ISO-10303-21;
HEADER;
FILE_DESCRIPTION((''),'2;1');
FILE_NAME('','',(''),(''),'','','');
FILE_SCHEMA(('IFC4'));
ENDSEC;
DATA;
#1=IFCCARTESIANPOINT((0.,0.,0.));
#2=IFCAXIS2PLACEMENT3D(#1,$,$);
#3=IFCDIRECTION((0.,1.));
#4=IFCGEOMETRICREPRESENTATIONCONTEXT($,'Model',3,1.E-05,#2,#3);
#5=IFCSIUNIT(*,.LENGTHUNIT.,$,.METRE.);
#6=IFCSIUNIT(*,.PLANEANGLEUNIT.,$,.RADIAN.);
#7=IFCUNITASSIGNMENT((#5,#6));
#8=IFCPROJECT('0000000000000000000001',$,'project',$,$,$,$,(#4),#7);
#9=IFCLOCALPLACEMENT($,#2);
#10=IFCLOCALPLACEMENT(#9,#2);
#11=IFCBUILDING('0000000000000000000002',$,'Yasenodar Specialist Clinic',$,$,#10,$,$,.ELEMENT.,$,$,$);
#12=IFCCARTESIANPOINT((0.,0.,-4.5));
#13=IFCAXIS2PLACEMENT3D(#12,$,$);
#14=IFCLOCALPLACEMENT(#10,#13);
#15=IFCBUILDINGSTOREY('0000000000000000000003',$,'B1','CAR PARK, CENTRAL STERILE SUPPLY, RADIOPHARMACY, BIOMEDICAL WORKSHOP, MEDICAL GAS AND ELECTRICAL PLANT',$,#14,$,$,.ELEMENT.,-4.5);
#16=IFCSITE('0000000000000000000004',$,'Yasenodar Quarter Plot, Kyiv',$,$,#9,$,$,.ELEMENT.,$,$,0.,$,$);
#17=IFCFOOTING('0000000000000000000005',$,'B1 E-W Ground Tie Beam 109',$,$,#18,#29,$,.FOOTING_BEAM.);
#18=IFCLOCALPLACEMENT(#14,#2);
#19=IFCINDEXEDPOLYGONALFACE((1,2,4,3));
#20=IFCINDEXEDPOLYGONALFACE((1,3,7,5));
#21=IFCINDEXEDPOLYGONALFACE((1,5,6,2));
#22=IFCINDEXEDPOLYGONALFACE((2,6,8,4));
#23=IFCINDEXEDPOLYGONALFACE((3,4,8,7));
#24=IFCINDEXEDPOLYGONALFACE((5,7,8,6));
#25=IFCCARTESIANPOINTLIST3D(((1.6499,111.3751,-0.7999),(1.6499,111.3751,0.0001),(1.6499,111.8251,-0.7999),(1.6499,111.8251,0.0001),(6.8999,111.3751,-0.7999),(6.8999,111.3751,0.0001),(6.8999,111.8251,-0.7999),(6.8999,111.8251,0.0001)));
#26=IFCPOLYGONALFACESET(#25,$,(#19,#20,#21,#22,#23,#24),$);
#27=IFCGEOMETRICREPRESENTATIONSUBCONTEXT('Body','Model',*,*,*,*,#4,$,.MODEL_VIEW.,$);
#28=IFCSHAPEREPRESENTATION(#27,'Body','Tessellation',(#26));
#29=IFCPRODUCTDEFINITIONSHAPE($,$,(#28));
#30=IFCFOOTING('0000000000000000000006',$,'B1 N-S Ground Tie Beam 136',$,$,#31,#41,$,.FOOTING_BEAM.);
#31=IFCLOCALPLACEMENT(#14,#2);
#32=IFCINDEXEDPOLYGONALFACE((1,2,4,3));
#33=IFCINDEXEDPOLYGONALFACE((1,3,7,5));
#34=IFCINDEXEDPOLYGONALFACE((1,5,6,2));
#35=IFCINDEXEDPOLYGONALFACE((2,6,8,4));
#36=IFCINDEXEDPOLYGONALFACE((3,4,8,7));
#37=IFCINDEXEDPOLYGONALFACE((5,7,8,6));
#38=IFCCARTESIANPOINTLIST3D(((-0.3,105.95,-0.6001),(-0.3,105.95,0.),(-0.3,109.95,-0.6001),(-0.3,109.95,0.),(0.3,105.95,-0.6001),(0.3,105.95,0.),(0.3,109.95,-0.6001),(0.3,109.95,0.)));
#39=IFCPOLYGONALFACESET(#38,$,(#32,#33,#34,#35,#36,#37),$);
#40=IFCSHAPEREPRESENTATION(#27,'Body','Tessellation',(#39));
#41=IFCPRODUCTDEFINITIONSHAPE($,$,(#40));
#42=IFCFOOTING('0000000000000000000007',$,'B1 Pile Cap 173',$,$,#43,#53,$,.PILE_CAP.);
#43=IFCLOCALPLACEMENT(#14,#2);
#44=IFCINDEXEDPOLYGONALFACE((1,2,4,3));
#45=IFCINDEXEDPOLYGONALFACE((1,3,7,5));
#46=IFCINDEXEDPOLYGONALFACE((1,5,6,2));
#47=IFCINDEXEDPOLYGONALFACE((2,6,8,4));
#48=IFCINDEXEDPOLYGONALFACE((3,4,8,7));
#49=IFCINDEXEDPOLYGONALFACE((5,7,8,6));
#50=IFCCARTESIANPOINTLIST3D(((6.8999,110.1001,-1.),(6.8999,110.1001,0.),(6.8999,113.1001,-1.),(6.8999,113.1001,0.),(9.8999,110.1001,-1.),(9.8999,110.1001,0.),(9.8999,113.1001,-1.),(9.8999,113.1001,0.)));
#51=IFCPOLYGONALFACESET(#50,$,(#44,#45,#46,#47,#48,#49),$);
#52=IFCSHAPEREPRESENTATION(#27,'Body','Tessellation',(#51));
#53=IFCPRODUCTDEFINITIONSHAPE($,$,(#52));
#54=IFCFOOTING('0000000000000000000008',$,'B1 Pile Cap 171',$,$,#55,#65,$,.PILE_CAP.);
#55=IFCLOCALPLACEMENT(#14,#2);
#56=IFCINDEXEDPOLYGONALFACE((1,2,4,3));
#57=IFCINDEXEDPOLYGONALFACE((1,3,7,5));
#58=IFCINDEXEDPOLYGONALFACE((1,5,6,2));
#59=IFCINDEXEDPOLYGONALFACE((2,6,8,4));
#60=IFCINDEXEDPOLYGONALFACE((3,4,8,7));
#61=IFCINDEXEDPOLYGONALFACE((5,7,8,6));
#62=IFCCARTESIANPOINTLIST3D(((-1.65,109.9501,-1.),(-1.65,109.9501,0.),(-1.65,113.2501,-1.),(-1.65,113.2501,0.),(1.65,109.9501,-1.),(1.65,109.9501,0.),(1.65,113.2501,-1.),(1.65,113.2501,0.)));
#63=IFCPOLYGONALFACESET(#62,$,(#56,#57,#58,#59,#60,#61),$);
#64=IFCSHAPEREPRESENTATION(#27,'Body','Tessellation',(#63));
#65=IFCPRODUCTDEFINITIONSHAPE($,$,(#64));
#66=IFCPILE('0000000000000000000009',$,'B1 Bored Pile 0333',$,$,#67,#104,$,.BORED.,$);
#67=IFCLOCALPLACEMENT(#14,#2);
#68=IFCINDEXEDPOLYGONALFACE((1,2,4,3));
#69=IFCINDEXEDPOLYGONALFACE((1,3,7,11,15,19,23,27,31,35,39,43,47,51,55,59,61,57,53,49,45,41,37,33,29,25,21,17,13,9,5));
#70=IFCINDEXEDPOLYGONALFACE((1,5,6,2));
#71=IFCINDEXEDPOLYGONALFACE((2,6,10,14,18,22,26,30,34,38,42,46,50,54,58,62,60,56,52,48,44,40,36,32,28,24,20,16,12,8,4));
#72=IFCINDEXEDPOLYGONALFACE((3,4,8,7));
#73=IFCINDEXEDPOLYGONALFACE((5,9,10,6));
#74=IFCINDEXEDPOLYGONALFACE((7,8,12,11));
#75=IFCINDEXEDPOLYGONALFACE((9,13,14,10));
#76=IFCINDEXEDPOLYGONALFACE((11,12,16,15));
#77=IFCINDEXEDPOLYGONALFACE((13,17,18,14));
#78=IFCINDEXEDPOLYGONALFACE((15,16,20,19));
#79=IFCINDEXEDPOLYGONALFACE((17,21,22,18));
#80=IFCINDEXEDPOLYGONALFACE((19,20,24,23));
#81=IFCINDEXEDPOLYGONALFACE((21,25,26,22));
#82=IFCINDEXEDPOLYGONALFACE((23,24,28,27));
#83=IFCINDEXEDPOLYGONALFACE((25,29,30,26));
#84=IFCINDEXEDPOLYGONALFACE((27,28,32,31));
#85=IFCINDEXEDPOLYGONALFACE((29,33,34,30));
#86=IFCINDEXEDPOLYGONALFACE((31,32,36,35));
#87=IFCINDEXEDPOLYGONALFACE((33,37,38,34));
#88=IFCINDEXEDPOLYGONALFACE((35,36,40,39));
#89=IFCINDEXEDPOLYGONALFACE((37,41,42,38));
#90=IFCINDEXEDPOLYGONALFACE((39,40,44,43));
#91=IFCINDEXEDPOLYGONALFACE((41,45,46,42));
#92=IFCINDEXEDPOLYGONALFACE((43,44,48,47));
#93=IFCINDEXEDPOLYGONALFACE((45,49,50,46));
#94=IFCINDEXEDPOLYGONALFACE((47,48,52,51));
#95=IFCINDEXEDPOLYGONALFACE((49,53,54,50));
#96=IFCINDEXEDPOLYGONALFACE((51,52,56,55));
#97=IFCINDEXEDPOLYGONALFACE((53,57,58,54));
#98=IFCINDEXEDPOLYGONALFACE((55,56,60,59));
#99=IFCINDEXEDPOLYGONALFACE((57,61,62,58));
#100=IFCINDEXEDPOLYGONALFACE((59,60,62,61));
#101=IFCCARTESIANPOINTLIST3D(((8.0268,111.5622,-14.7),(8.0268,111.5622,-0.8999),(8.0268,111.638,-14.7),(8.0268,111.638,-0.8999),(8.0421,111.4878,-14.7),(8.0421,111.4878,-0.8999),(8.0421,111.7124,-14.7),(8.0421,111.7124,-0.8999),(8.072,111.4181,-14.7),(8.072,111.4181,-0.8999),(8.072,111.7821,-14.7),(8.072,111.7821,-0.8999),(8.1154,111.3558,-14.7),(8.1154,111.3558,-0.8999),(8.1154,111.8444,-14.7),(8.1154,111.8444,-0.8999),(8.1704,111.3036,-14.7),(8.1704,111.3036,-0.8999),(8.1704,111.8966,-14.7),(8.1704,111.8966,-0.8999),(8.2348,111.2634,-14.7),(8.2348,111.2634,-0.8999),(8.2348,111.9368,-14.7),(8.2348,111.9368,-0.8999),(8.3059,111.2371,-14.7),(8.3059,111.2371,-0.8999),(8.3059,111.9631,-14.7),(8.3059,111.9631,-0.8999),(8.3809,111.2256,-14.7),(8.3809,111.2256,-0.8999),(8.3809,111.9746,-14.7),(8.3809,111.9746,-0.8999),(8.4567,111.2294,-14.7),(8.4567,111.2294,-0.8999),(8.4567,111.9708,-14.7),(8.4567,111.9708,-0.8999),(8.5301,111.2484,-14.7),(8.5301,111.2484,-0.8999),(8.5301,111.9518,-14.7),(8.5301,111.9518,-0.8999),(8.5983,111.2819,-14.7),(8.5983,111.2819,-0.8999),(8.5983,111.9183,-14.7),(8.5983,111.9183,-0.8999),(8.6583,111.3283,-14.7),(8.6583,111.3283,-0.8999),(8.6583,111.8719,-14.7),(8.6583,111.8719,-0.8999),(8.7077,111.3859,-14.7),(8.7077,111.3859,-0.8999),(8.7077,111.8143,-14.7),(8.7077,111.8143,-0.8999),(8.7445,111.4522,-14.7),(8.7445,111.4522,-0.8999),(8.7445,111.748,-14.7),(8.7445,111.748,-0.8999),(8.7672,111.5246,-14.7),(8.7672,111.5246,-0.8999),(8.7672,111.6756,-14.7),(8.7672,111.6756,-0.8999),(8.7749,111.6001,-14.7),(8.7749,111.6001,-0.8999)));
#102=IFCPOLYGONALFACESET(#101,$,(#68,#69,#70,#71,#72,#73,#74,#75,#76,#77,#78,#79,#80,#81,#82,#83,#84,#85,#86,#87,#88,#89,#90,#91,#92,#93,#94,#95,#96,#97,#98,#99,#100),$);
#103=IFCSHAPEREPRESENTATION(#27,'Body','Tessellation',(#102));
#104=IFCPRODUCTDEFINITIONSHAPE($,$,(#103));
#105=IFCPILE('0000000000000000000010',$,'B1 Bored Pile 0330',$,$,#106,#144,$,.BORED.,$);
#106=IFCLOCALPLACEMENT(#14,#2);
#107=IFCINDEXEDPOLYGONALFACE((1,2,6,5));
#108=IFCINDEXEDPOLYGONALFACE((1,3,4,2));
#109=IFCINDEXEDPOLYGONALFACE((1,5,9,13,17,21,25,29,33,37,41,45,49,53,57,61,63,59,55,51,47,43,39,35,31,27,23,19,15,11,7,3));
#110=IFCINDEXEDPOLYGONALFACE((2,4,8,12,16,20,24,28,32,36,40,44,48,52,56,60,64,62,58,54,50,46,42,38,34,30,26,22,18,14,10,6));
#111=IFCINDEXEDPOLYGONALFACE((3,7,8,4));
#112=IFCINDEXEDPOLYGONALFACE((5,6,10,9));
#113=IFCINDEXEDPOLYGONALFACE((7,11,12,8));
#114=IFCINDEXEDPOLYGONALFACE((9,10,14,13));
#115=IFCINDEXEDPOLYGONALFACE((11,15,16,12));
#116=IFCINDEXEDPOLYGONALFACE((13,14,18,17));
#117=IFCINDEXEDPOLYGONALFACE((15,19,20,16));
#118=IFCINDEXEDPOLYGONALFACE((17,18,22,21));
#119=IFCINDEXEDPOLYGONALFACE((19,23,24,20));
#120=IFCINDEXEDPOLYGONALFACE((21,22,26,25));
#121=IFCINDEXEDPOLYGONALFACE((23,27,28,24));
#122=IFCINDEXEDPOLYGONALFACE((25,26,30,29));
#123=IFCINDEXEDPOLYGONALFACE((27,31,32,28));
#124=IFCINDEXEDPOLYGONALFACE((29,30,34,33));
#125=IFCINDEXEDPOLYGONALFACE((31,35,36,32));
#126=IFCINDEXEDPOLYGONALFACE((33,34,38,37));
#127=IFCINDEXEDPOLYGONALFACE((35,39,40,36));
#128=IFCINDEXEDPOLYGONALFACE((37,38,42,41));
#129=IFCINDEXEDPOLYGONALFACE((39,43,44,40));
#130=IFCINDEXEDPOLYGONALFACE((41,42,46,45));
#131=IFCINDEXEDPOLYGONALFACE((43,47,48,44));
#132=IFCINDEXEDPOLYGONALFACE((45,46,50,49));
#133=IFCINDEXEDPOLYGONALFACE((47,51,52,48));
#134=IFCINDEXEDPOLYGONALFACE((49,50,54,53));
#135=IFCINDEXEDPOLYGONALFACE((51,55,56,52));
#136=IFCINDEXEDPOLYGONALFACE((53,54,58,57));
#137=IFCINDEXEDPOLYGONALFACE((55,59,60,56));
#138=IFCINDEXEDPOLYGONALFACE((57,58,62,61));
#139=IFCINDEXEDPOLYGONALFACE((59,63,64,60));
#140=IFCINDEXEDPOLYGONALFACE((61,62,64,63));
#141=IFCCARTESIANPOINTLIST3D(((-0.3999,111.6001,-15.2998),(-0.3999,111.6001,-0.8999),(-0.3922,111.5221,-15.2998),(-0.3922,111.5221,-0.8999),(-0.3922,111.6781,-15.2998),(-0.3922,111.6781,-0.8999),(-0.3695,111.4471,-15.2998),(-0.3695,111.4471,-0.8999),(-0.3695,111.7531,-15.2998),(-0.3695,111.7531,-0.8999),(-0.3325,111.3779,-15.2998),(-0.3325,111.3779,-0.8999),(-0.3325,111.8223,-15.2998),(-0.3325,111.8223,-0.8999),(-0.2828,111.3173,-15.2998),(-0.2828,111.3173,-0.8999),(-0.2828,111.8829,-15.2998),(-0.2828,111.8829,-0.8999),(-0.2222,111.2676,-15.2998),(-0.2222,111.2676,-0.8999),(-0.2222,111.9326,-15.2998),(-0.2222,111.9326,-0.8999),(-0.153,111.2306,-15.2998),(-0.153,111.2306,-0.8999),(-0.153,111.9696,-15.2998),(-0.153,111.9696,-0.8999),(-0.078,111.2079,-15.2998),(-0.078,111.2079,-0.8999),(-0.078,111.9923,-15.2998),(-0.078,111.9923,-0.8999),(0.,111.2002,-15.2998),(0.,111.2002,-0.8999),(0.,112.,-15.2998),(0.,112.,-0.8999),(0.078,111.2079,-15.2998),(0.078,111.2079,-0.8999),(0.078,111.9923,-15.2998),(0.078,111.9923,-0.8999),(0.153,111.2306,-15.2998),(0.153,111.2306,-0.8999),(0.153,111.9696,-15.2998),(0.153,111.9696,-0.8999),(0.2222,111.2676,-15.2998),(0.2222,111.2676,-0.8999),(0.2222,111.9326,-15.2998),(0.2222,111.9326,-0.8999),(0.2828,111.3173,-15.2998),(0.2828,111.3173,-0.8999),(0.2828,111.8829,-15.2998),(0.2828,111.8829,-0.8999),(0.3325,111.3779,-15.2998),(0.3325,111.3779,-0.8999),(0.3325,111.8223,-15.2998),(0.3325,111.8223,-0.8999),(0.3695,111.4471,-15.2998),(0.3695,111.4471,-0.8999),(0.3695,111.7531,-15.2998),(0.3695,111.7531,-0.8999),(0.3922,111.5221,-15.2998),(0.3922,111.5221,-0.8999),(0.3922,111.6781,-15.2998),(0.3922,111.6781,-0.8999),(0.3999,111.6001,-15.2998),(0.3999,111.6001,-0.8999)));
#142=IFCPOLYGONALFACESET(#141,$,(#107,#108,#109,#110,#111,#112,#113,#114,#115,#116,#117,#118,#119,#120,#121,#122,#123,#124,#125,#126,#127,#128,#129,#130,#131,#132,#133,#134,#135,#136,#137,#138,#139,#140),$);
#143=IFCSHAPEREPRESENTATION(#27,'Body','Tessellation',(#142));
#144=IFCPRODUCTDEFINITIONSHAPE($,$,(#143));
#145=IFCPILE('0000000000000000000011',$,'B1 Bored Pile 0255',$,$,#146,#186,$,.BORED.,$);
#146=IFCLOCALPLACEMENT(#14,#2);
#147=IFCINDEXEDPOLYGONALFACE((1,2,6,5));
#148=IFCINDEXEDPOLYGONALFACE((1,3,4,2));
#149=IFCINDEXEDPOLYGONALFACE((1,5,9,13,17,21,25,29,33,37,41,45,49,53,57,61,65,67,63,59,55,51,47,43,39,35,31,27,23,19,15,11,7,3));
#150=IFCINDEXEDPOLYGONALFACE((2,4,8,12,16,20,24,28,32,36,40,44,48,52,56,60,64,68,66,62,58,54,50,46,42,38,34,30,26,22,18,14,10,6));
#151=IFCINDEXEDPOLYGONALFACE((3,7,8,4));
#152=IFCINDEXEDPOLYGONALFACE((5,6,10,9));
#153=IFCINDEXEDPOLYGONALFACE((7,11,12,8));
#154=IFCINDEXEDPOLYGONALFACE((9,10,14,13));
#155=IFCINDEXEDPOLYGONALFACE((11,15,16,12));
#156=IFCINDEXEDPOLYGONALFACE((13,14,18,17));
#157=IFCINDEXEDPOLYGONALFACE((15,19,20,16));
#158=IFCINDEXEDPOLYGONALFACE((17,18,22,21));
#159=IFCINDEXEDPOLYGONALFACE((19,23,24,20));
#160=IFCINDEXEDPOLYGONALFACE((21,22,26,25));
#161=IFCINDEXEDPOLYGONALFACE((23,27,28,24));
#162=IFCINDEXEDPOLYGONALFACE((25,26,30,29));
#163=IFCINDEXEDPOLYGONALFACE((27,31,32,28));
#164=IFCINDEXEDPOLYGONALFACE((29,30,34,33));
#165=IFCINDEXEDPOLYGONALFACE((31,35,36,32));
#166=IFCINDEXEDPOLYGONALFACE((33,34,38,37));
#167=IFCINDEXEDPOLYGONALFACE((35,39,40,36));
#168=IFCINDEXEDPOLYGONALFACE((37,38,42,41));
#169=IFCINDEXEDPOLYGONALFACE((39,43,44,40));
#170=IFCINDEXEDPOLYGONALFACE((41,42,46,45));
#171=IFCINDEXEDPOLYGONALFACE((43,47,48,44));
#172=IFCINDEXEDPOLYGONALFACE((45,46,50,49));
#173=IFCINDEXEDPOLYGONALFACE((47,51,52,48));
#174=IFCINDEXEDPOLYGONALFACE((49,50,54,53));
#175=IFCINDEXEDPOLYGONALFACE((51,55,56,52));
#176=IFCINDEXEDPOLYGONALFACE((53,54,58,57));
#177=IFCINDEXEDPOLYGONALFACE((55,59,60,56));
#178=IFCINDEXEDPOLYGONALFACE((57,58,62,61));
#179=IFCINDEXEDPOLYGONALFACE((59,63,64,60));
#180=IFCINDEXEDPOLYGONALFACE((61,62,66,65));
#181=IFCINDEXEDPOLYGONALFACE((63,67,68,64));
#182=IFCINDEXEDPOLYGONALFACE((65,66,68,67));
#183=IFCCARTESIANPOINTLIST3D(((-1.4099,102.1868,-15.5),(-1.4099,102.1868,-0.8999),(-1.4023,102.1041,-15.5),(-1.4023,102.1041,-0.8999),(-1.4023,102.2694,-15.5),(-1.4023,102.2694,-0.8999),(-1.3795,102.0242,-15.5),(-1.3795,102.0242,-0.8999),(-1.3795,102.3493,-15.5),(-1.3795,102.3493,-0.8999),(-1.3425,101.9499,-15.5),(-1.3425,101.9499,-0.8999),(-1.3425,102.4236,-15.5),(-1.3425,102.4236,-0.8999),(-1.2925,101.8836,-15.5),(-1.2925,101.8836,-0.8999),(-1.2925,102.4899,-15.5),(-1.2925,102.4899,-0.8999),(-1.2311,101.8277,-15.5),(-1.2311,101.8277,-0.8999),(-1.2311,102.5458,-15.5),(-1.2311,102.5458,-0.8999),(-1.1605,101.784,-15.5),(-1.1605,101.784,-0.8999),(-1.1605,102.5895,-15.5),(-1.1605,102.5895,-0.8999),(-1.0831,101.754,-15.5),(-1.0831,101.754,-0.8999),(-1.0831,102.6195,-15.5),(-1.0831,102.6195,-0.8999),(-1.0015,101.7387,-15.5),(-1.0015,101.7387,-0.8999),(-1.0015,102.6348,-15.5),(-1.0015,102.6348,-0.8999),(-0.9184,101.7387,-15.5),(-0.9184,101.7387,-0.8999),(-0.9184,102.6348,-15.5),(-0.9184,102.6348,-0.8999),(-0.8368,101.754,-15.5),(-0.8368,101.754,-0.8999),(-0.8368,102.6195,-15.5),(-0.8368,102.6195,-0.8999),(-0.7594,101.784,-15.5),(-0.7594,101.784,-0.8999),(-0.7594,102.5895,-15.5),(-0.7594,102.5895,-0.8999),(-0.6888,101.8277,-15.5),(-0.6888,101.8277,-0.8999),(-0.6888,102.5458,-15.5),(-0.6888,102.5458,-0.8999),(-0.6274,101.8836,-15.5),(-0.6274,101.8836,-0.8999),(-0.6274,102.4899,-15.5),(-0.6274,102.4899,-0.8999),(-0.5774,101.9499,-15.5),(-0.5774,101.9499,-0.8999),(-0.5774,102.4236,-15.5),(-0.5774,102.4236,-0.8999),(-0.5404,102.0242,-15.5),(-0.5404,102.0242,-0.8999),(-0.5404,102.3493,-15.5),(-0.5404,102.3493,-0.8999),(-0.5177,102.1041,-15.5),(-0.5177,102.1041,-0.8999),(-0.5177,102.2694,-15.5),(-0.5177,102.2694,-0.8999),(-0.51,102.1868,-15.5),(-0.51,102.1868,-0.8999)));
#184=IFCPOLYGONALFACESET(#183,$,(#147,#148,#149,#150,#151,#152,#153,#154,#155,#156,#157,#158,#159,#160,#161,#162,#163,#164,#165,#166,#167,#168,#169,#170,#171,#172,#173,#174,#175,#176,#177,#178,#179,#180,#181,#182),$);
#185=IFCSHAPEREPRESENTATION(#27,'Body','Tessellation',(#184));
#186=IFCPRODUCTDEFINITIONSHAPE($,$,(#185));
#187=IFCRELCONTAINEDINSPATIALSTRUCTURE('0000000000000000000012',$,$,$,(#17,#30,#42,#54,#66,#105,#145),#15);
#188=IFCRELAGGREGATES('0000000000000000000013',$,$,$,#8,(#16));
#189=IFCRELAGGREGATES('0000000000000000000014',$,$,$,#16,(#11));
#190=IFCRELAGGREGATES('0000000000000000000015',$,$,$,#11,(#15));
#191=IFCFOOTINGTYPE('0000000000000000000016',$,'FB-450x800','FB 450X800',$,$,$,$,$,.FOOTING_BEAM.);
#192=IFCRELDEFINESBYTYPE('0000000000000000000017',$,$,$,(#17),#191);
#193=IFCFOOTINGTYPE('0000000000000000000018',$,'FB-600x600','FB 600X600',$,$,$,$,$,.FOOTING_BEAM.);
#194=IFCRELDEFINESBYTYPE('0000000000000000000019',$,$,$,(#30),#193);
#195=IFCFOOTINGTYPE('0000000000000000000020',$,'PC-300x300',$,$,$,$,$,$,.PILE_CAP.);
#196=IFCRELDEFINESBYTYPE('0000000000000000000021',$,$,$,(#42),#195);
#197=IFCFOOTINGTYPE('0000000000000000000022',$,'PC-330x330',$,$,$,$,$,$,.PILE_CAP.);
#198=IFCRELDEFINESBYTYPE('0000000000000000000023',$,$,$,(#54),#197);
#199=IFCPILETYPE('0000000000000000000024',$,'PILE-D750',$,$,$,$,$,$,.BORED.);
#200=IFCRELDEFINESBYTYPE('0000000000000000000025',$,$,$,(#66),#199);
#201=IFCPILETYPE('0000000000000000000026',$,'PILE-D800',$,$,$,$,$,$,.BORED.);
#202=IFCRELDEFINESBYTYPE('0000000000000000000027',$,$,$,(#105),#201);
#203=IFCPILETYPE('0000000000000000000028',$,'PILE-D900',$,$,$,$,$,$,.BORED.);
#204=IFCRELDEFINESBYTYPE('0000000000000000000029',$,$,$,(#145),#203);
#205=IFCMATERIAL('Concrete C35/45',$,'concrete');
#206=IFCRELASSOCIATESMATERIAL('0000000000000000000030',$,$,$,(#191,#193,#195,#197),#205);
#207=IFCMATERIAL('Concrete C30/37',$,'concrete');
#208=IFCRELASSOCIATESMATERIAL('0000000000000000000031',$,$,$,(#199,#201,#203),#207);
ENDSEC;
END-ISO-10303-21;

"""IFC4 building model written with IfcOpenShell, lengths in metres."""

from ifc_helpers import new_model, si_unit, direction, frame, origin, origin_2d, place, context, subcontext, project, spatial, rectangle, circle, extrude, material, material_profile, profile_set, type_object, element, save


model = new_model("IFC4")

# Units and contexts
model_context = context("Model", 3, precision=1e-05, world=origin(), true_north=direction((0.0, 1.0)))
body_context = subcontext(model_context, "Body", "Model", "MODEL_VIEW")
ifc_project = project(units=[si_unit("LENGTHUNIT", "METRE"), si_unit("PLANEANGLEUNIT", "RADIAN")], contexts=[model_context])

# Site, building, storey
site_placement = place(None, origin())
site = spatial("IfcSite", under=ifc_project, at=site_placement, Name="Yasenodar Quarter Plot, Kyiv", CompositionType="ELEMENT", RefElevation=0.0)
building_placement = place(site_placement, origin())
building = spatial("IfcBuilding", under=site, at=building_placement, Name="Yasenodar Specialist Clinic", CompositionType="ELEMENT")
storey_placement = place(building_placement, frame((0.0, 0.0, -4.5)))
storey = spatial("IfcBuildingStorey", under=building, at=storey_placement, Name="B1", Description="CAR PARK, CENTRAL STERILE SUPPLY, RADIOPHARMACY, BIOMEDICAL WORKSHOP, MEDICAL GAS AND ELECTRICAL PLANT", CompositionType="ELEMENT", Elevation=-4.5)

# Footings
ifc_material_1 = material(Name="Concrete C35/45", Category="concrete")
ifc_material_profile_1 = material_profile(ifc_material_1, rectangle(XDim=0.45, YDim=0.8, at=origin_2d()), Name="RC 450x800")
ifc_profile_set_1 = profile_set([ifc_material_profile_1], Name="Concrete C35/45")
footing_type_1 = type_object("IfcFootingType", Name="FB-450x800", Description="FB 450X800", PredefinedType="FOOTING_BEAM", material=ifc_profile_set_1)
footing_1_placement = place(storey_placement, frame((1.6499, 111.6001, -0.3999), z_axis=(1.0, 0.0, 0.0), x_axis=(0.0, 1.0, 0.0)))
element("IfcFooting", 1, at=footing_1_placement, inside=storey, type_object=footing_type_1, Name="B1 E-W Ground Tie Beam 109", PredefinedType="FOOTING_BEAM", context=body_context, shape_type="SweptSolid", body=[
    extrude(rectangle(XDim=0.45, YDim=0.8, at=origin_2d()), origin(), (0.0, 0.0, 1.0), 5.25),
])
ifc_material_profile_2 = material_profile(ifc_material_1, rectangle(XDim=0.6001, YDim=0.6001, at=origin_2d()), Name="RC 600x600")
ifc_profile_set_2 = profile_set([ifc_material_profile_2], Name="Concrete C35/45")
footing_type_2 = type_object("IfcFootingType", Name="FB-600x600", Description="FB 600X600", PredefinedType="FOOTING_BEAM", material=ifc_profile_set_2)
footing_2_placement = place(storey_placement, frame((0.0, 105.95, -0.3), z_axis=(0.0, 1.0, 0.0), x_axis=(-1.0, 0.0, 0.0)))
element("IfcFooting", 2, at=footing_2_placement, inside=storey, type_object=footing_type_2, Name="B1 N-S Ground Tie Beam 136", PredefinedType="FOOTING_BEAM", context=body_context, shape_type="SweptSolid", body=[
    extrude(rectangle(XDim=0.6001, YDim=0.6001, at=origin_2d()), origin(), (0.0, 0.0, 1.0), 4.0),
])
footing_type_3 = type_object("IfcFootingType", Name="PC-300x300", PredefinedType="PILE_CAP", material=ifc_material_1)
footing_3_placement = place(storey_placement, frame((8.3999, 111.6001, -1.0), z_axis=(0.0, 0.0, 1.0), x_axis=(1.0, 0.0, 0.0)))
element("IfcFooting", 3, at=footing_3_placement, inside=storey, type_object=footing_type_3, Name="B1 Pile Cap 173", PredefinedType="PILE_CAP", context=body_context, shape_type="SweptSolid", body=[
    extrude(rectangle(XDim=3.0, YDim=3.0, at=origin_2d()), origin(), (0.0, 0.0, 1.0), 1.0),
])
footing_type_4 = type_object("IfcFootingType", Name="PC-330x330", PredefinedType="PILE_CAP", material=ifc_material_1)
footing_4_placement = place(storey_placement, frame((0.0, 111.6001, -1.0), z_axis=(0.0, 0.0, 1.0), x_axis=(1.0, 0.0, 0.0)))
element("IfcFooting", 4, at=footing_4_placement, inside=storey, type_object=footing_type_4, Name="B1 Pile Cap 171", PredefinedType="PILE_CAP", context=body_context, shape_type="SweptSolid", body=[
    extrude(rectangle(XDim=3.3, YDim=3.3, at=origin_2d()), origin(), (0.0, 0.0, 1.0), 1.0),
])

# Piles
ifc_material_2 = material(Name="Concrete C30/37", Category="concrete")
ifc_material_profile_3 = material_profile(ifc_material_2, circle(Radius=0.375, at=origin_2d()), Name="PILE D750")
ifc_profile_set_3 = profile_set([ifc_material_profile_3], Name="Concrete C30/37")
pile_type_1 = type_object("IfcPileType", Name="PILE-D750", PredefinedType="BORED", material=ifc_profile_set_3)
pile_1_placement = place(storey_placement, frame((8.3999, 111.6001, -0.8999), z_axis=(0.0, 0.0, -1.0), x_axis=(1.0, 0.0, 0.0)))
element("IfcPile", 5, at=pile_1_placement, inside=storey, type_object=pile_type_1, Name="B1 Bored Pile 0333", PredefinedType="BORED", context=body_context, shape_type="SweptSolid", body=[
    extrude(circle(Radius=0.375, at=origin_2d()), origin(), (0.0, 0.0, 1.0), 13.8),
])
ifc_material_profile_4 = material_profile(ifc_material_2, circle(Radius=0.3999, at=origin_2d()), Name="PILE D800")
ifc_profile_set_4 = profile_set([ifc_material_profile_4], Name="Concrete C30/37")
pile_type_2 = type_object("IfcPileType", Name="PILE-D800", PredefinedType="BORED", material=ifc_profile_set_4)
pile_2_placement = place(storey_placement, frame((0.0, 111.6001, -0.8999), z_axis=(0.0, 0.0, -1.0), x_axis=(1.0, 0.0, 0.0)))
element("IfcPile", 6, at=pile_2_placement, inside=storey, type_object=pile_type_2, Name="B1 Bored Pile 0330", PredefinedType="BORED", context=body_context, shape_type="SweptSolid", body=[
    extrude(circle(Radius=0.3999, at=origin_2d()), origin(), (0.0, 0.0, 1.0), 14.3999),
])
ifc_material_profile_5 = material_profile(ifc_material_2, circle(Radius=0.45, at=origin_2d()), Name="PILE D900")
ifc_profile_set_5 = profile_set([ifc_material_profile_5], Name="Concrete C30/37")
pile_type_3 = type_object("IfcPileType", Name="PILE-D900", PredefinedType="BORED", material=ifc_profile_set_5)
for number, where, z_axis, x_axis, name in (
    (7, (-0.96, 102.1868, -0.8999), (0.0, 0.0, -1.0), (1.0, 0.0, 0.0), "B1 Bored Pile 0255"),
):
    element("IfcPile", number, at=place(storey_placement, frame(where, z_axis=z_axis, x_axis=x_axis)), inside=storey, type_object=pile_type_3, Name=name, PredefinedType="BORED", context=body_context, shape_type="SweptSolid", body=[
        extrude(circle(Radius=0.45, at=origin_2d()), origin(), (0.0, 0.0, 1.0), 14.6001),
    ])

save(model, "model.ifc")
